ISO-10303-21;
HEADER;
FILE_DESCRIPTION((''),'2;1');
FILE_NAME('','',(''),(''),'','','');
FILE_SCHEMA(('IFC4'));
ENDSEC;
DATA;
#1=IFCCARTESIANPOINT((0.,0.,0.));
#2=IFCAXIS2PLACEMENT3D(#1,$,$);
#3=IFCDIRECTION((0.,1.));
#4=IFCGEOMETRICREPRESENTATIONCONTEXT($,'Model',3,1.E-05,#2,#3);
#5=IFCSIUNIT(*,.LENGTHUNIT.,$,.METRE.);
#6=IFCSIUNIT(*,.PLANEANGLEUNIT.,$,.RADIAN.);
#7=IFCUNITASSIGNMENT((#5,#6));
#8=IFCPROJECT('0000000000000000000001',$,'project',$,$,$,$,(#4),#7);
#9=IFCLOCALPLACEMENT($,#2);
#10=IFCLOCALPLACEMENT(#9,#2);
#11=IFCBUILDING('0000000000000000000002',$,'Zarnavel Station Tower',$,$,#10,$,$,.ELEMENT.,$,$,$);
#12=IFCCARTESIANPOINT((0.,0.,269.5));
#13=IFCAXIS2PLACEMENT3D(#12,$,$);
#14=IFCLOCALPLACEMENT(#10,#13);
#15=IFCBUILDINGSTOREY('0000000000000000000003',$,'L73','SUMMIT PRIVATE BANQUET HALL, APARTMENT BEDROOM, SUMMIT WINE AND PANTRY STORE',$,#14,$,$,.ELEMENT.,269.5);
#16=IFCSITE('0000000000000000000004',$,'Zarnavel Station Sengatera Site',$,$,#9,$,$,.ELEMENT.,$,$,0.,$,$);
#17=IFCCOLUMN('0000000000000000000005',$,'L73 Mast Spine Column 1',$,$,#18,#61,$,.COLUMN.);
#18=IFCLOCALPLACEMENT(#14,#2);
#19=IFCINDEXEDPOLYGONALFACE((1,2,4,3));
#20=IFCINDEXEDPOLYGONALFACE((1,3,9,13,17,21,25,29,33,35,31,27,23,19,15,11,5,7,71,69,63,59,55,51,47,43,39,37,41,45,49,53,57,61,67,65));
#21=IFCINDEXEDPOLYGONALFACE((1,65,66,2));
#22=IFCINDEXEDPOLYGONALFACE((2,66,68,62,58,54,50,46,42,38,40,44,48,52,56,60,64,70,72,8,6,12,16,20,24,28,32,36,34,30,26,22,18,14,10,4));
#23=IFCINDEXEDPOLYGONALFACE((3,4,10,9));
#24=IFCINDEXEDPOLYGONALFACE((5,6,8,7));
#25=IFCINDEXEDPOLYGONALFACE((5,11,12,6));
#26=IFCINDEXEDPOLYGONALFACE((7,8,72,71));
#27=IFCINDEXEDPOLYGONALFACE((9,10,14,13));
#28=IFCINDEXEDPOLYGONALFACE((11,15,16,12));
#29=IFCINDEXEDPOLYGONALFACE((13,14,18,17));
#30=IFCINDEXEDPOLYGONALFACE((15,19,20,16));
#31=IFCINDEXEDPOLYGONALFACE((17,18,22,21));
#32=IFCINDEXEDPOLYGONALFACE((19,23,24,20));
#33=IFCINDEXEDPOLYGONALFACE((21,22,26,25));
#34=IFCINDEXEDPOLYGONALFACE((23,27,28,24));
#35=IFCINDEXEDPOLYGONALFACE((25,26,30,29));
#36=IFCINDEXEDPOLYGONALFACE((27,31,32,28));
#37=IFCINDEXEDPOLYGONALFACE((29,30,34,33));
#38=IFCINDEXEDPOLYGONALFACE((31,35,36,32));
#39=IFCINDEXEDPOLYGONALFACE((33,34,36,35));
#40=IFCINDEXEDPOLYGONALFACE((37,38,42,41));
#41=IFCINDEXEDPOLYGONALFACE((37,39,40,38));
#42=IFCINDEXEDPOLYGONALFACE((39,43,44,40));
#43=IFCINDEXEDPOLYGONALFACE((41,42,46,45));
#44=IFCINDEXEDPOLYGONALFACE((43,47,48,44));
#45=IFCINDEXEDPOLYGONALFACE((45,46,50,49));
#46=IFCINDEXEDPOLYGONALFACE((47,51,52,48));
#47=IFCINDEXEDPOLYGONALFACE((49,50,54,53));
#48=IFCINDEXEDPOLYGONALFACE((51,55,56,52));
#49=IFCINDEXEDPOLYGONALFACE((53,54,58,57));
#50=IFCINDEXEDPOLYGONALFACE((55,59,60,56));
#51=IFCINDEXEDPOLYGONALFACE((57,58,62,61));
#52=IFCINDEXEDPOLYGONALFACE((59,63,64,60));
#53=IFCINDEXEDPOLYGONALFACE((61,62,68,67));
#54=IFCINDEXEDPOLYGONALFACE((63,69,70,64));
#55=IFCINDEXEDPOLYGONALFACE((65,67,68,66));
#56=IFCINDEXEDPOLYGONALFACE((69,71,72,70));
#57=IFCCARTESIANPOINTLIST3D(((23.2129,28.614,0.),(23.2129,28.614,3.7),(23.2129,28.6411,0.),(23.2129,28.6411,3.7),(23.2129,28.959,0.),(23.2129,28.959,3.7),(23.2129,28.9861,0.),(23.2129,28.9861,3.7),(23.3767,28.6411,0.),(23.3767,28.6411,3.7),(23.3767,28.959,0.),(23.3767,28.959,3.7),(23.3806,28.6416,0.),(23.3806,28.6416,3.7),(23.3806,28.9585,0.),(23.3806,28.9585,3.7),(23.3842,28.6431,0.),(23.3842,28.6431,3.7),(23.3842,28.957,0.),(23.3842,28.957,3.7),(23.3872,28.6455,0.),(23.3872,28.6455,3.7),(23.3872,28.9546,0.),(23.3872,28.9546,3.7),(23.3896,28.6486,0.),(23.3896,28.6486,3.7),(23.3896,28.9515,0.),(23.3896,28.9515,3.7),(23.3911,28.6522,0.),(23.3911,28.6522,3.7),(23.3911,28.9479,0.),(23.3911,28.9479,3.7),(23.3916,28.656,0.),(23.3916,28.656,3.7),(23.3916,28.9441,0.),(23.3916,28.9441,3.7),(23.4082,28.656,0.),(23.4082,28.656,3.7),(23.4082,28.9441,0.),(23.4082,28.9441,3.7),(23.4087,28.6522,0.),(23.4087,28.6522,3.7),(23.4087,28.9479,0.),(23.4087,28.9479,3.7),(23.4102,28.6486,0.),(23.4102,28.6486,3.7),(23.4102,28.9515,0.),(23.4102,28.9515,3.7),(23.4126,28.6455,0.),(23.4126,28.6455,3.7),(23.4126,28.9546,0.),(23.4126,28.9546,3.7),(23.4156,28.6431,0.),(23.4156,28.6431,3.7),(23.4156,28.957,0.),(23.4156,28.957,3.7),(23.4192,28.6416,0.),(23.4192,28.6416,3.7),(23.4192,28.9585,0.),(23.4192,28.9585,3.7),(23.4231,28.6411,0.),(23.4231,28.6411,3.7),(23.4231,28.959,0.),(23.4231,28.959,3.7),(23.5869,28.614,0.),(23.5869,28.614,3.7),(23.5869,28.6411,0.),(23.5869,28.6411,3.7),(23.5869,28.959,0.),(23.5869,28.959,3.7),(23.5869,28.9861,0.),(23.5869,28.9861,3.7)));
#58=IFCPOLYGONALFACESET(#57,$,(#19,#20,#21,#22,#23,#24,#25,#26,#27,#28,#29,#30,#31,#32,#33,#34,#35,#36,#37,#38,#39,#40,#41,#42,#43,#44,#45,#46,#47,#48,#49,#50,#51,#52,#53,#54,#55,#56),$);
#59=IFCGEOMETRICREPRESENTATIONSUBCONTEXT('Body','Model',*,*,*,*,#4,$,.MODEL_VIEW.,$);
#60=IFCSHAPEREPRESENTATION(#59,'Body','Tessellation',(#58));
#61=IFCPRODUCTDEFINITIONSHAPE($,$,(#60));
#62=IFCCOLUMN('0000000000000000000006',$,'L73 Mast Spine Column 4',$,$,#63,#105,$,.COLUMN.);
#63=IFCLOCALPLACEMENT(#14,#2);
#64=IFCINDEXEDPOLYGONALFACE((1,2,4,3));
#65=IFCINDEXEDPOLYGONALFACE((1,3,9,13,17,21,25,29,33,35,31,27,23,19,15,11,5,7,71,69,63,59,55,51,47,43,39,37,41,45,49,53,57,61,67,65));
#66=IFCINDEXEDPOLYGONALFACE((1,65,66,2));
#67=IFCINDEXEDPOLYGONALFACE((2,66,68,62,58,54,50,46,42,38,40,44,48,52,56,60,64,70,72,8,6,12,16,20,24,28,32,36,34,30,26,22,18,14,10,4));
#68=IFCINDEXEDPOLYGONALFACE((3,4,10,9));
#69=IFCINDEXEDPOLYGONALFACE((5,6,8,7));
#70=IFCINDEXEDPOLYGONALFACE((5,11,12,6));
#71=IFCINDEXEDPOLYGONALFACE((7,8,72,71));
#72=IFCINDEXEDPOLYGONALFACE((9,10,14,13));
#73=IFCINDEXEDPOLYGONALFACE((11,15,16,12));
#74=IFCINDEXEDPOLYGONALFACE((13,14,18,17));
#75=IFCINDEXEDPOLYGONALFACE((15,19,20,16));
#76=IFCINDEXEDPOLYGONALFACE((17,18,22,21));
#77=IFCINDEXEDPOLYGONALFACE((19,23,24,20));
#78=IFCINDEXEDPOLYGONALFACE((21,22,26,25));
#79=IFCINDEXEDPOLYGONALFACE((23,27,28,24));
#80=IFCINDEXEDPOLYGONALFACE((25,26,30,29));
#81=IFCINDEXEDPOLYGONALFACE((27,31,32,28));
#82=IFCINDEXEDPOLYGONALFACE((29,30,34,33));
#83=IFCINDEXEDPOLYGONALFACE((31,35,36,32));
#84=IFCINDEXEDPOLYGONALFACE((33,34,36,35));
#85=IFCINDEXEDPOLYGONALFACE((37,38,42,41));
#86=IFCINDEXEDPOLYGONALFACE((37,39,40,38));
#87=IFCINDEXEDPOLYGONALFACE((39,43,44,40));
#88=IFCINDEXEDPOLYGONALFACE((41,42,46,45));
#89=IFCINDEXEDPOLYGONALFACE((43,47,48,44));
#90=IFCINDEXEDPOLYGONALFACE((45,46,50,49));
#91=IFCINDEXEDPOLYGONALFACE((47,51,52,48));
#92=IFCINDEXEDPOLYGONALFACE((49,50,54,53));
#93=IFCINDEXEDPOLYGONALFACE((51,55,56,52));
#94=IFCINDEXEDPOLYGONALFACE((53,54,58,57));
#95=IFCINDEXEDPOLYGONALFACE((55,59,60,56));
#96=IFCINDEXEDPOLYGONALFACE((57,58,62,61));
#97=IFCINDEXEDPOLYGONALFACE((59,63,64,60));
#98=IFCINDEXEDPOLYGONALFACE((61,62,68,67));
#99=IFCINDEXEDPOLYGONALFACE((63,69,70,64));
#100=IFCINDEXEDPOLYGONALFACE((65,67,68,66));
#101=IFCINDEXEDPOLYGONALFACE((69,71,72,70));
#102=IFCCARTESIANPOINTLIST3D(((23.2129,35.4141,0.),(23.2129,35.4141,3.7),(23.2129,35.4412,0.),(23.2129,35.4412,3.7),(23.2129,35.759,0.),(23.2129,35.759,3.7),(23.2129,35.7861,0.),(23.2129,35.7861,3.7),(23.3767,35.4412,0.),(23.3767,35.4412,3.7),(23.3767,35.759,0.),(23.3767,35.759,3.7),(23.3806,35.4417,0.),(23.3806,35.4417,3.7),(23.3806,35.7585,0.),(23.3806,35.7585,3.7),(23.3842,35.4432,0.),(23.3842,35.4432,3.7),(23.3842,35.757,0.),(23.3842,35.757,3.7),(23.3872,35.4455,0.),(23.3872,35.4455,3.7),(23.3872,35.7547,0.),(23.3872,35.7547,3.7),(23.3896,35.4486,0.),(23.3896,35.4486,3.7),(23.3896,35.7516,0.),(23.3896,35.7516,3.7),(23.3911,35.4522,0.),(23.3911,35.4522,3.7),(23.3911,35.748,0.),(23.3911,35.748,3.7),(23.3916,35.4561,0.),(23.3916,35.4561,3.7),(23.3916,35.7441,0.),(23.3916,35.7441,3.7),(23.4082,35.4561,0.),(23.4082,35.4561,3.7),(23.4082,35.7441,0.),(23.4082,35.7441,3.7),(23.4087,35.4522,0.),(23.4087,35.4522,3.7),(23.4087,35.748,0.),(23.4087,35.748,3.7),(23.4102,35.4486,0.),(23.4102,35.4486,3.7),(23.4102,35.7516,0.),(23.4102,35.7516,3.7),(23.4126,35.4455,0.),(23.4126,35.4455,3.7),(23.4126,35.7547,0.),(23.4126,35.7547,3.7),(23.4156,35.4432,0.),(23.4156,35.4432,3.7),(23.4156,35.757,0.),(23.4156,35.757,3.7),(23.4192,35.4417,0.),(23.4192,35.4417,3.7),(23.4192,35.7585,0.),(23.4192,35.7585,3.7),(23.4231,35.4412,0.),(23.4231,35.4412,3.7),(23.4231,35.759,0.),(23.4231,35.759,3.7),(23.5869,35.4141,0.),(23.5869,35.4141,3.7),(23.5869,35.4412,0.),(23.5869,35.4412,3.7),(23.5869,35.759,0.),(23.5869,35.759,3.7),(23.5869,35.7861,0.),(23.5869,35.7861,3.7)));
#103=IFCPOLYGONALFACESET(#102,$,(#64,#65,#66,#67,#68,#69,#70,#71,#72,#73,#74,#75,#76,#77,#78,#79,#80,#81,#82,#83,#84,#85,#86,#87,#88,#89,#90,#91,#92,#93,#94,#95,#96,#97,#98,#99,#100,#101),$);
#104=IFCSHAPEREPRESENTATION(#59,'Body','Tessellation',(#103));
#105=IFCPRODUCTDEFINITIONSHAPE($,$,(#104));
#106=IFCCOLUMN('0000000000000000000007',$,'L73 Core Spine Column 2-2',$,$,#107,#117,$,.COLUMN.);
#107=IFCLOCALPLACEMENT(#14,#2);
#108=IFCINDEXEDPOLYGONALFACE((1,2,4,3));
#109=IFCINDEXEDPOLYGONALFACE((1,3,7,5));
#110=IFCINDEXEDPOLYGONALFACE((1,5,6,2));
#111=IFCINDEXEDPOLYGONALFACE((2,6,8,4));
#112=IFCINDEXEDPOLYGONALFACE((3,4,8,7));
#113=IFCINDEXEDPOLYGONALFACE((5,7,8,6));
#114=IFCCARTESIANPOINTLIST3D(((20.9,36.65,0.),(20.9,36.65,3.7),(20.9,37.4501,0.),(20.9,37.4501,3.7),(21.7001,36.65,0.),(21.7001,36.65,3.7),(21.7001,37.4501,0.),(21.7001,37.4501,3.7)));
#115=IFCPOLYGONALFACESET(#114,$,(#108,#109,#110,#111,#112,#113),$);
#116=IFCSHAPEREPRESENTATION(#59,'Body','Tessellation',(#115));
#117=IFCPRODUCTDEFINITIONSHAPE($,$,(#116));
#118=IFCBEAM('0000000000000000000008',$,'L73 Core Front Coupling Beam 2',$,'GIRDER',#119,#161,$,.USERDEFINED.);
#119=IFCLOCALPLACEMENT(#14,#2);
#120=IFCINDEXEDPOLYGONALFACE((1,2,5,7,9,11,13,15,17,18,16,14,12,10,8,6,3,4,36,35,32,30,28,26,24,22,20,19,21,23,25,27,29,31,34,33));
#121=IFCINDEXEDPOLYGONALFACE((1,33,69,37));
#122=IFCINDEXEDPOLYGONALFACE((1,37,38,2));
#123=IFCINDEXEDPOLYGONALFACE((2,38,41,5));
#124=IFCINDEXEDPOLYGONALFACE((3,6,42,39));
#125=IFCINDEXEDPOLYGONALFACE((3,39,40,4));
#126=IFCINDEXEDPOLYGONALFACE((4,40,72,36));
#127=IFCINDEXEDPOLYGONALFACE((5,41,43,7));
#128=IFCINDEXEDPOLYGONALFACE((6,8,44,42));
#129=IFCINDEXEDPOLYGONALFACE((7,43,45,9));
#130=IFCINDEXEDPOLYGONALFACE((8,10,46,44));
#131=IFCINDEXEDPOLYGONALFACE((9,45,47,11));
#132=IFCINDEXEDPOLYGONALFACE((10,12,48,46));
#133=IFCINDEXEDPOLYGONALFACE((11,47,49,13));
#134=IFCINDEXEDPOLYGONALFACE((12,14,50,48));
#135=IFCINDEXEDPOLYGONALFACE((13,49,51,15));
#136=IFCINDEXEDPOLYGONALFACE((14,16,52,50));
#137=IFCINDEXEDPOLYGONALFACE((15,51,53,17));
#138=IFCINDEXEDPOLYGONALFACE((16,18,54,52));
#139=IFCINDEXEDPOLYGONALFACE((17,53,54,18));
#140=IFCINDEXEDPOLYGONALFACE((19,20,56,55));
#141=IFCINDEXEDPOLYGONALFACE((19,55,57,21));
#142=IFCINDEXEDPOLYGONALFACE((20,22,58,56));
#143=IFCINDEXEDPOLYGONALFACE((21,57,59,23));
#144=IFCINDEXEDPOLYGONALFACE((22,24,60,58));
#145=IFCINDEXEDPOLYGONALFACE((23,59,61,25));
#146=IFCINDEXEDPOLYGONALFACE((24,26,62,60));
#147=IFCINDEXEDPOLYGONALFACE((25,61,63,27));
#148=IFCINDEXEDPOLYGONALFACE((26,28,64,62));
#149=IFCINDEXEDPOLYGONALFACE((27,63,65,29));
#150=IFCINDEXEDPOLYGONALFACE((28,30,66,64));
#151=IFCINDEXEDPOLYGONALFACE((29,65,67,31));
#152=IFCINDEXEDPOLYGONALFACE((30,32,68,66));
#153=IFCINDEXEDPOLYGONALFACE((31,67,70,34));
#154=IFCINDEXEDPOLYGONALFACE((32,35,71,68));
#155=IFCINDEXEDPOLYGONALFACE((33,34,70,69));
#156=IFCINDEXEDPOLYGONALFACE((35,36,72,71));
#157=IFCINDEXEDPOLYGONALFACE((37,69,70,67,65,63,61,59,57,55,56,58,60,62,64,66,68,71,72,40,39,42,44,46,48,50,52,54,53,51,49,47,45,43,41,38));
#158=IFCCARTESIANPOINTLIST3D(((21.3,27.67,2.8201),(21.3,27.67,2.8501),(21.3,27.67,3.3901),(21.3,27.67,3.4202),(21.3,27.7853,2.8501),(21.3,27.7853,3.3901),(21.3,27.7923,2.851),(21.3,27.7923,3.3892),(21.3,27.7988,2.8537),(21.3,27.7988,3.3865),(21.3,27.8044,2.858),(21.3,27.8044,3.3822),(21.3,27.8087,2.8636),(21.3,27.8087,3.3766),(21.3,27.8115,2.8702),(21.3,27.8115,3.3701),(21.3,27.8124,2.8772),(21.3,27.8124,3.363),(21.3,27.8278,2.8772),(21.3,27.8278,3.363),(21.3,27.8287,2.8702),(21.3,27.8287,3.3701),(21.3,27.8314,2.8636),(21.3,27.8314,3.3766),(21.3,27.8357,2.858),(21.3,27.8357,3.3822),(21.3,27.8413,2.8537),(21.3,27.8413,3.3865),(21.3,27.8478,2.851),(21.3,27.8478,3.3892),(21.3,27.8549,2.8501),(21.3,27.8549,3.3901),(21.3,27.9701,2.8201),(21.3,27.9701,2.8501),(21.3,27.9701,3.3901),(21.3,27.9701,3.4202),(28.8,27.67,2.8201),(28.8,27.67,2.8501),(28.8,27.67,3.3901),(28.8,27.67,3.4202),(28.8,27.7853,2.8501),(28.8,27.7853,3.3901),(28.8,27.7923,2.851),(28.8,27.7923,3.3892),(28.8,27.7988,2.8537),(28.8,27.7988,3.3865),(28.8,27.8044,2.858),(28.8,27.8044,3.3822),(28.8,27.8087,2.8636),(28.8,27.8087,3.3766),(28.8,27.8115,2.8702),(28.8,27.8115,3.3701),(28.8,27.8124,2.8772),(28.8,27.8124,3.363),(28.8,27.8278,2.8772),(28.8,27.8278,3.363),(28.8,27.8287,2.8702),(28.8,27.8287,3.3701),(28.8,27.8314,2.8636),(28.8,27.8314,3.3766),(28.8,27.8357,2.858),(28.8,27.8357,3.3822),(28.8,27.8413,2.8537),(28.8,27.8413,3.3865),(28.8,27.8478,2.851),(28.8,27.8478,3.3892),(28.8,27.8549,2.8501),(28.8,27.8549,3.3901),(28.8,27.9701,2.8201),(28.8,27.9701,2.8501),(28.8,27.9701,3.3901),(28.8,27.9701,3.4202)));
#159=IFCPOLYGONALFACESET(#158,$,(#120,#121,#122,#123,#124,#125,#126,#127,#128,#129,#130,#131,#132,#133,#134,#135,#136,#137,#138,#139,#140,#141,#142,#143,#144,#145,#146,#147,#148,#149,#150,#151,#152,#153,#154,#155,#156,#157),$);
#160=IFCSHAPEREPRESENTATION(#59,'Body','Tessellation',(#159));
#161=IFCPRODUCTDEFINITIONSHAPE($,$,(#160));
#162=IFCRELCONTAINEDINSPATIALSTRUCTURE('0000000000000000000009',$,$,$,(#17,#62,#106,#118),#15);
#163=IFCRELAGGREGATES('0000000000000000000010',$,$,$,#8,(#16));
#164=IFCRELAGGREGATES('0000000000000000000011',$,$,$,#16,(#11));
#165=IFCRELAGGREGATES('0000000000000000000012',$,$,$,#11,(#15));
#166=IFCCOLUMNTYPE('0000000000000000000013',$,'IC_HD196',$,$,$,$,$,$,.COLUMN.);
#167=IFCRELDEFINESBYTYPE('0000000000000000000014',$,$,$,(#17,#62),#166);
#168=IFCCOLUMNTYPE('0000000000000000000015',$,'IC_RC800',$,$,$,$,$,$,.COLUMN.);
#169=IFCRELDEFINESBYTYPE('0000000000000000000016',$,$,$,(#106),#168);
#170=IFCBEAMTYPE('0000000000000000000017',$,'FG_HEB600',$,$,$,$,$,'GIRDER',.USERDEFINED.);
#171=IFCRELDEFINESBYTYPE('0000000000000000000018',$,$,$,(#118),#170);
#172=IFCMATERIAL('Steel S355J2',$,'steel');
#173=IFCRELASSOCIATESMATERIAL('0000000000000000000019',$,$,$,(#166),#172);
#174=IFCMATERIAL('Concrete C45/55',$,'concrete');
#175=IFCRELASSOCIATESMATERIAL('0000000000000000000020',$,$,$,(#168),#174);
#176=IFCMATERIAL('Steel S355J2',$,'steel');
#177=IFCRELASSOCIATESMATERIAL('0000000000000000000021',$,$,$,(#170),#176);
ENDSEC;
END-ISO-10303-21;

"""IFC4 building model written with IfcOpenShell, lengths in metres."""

from ifc_helpers import new_model, si_unit, direction, frame, origin, origin_2d, place, context, subcontext, project, spatial, rectangle, i_section, extrude, material, material_profile, profile_set, type_object, element, save


model = new_model("IFC4")

# Units and contexts
model_context = context("Model", 3, precision=1e-05, world=origin(), true_north=direction((0.0, 1.0)))
body_context = subcontext(model_context, "Body", "Model", "MODEL_VIEW")
ifc_project = project(units=[si_unit("LENGTHUNIT", "METRE"), si_unit("PLANEANGLEUNIT", "RADIAN")], contexts=[model_context])

# Site, building, storey
site_placement = place(None, origin())
site = spatial("IfcSite", under=ifc_project, at=site_placement, Name="Zarnavel Station Sengatera Site", CompositionType="ELEMENT", RefElevation=0.0)
building_placement = place(site_placement, origin())
building = spatial("IfcBuilding", under=site, at=building_placement, Name="Zarnavel Station Tower", CompositionType="ELEMENT")
storey_placement = place(building_placement, frame((0.0, 0.0, 269.5)))
storey = spatial("IfcBuildingStorey", under=building, at=storey_placement, Name="L73", Description="SUMMIT PRIVATE BANQUET HALL, APARTMENT BEDROOM, SUMMIT WINE AND PANTRY STORE", CompositionType="ELEMENT", Elevation=269.5)

# Columns
ifc_material_1 = material(Name="Steel S355J2", Category="steel")
ifc_material_profile_1 = material_profile(ifc_material_1, i_section(OverallWidth=0.374, OverallDepth=0.3721, WebThickness=0.0166, FlangeThickness=0.0271, FilletRadius=0.0149, at=origin_2d()), Name="HD360x196")
ifc_profile_set_1 = profile_set([ifc_material_profile_1], Name="Steel S355J2")
column_type_1 = type_object("IfcColumnType", Name="IC_HD196", PredefinedType="COLUMN", material=ifc_profile_set_1)
for number, where, z_axis, x_axis, name in (
    (1, (23.3999, 28.8, 0.0), (0.0, 0.0, 1.0), (1.0, 0.0, 0.0), "L73 Mast Spine Column 1"),
    (2, (23.3999, 35.6001, 0.0), (0.0, 0.0, 1.0), (1.0, 0.0, 0.0), "L73 Mast Spine Column 4"),
):
    element("IfcColumn", number, at=place(storey_placement, frame(where, z_axis=z_axis, x_axis=x_axis)), inside=storey, type_object=column_type_1, Name=name, PredefinedType="COLUMN", context=body_context, shape_type="SweptSolid", body=[
        extrude(i_section(OverallWidth=0.374, OverallDepth=0.3721, WebThickness=0.0166, FlangeThickness=0.0271, FilletRadius=0.0149, at=origin_2d()), origin(), (0.0, 0.0, 1.0), 3.7),
    ])
ifc_material_2 = material(Name="Concrete C45/55", Category="concrete")
ifc_material_profile_2 = material_profile(ifc_material_2, rectangle(XDim=0.8, YDim=0.8, at=origin_2d()), Name="RC800x800")
ifc_profile_set_2 = profile_set([ifc_material_profile_2], Name="Concrete C45/55")
column_type_2 = type_object("IfcColumnType", Name="IC_RC800", PredefinedType="COLUMN", material=ifc_profile_set_2)
column_placement = place(storey_placement, frame((21.3, 37.05, 0.0), z_axis=(0.0, 0.0, 1.0), x_axis=(1.0, 0.0, 0.0)))
element("IfcColumn", 3, at=column_placement, inside=storey, type_object=column_type_2, Name="L73 Core Spine Column 2-2", PredefinedType="COLUMN", context=body_context, shape_type="SweptSolid", body=[
    extrude(rectangle(XDim=0.8, YDim=0.8, at=origin_2d()), origin(), (0.0, 0.0, 1.0), 3.7),
])

# Beam
ifc_material_3 = material(Name="Steel S355J2", Category="steel")
ifc_material_profile_3 = material_profile(ifc_material_3, i_section(OverallWidth=0.3, OverallDepth=0.6001, WebThickness=0.0154, FlangeThickness=0.03, FilletRadius=0.0271, at=origin_2d()), Name="HEB600")
ifc_profile_set_3 = profile_set([ifc_material_profile_3], Name="Steel S355J2")
beam_type_1 = type_object("IfcBeamType", Name="FG_HEB600", ElementType="GIRDER", PredefinedType="USERDEFINED", material=ifc_profile_set_3)
beam_1_placement = place(storey_placement, frame((21.3, 27.8201, 3.1201), z_axis=(1.0, 0.0, 0.0), x_axis=(0.0, 1.0, 0.0)))
element("IfcBeam", 4, at=beam_1_placement, inside=storey, type_object=beam_type_1, Name="L73 Core Front Coupling Beam 2", ObjectType="GIRDER", PredefinedType="USERDEFINED", context=body_context, shape_type="SweptSolid", body=[
    extrude(i_section(OverallWidth=0.3, OverallDepth=0.6001, WebThickness=0.0154, FlangeThickness=0.03, FilletRadius=0.0271, at=origin_2d()), origin(), (0.0, 0.0, 1.0), 7.5),
])

save(model, "model.ifc")
